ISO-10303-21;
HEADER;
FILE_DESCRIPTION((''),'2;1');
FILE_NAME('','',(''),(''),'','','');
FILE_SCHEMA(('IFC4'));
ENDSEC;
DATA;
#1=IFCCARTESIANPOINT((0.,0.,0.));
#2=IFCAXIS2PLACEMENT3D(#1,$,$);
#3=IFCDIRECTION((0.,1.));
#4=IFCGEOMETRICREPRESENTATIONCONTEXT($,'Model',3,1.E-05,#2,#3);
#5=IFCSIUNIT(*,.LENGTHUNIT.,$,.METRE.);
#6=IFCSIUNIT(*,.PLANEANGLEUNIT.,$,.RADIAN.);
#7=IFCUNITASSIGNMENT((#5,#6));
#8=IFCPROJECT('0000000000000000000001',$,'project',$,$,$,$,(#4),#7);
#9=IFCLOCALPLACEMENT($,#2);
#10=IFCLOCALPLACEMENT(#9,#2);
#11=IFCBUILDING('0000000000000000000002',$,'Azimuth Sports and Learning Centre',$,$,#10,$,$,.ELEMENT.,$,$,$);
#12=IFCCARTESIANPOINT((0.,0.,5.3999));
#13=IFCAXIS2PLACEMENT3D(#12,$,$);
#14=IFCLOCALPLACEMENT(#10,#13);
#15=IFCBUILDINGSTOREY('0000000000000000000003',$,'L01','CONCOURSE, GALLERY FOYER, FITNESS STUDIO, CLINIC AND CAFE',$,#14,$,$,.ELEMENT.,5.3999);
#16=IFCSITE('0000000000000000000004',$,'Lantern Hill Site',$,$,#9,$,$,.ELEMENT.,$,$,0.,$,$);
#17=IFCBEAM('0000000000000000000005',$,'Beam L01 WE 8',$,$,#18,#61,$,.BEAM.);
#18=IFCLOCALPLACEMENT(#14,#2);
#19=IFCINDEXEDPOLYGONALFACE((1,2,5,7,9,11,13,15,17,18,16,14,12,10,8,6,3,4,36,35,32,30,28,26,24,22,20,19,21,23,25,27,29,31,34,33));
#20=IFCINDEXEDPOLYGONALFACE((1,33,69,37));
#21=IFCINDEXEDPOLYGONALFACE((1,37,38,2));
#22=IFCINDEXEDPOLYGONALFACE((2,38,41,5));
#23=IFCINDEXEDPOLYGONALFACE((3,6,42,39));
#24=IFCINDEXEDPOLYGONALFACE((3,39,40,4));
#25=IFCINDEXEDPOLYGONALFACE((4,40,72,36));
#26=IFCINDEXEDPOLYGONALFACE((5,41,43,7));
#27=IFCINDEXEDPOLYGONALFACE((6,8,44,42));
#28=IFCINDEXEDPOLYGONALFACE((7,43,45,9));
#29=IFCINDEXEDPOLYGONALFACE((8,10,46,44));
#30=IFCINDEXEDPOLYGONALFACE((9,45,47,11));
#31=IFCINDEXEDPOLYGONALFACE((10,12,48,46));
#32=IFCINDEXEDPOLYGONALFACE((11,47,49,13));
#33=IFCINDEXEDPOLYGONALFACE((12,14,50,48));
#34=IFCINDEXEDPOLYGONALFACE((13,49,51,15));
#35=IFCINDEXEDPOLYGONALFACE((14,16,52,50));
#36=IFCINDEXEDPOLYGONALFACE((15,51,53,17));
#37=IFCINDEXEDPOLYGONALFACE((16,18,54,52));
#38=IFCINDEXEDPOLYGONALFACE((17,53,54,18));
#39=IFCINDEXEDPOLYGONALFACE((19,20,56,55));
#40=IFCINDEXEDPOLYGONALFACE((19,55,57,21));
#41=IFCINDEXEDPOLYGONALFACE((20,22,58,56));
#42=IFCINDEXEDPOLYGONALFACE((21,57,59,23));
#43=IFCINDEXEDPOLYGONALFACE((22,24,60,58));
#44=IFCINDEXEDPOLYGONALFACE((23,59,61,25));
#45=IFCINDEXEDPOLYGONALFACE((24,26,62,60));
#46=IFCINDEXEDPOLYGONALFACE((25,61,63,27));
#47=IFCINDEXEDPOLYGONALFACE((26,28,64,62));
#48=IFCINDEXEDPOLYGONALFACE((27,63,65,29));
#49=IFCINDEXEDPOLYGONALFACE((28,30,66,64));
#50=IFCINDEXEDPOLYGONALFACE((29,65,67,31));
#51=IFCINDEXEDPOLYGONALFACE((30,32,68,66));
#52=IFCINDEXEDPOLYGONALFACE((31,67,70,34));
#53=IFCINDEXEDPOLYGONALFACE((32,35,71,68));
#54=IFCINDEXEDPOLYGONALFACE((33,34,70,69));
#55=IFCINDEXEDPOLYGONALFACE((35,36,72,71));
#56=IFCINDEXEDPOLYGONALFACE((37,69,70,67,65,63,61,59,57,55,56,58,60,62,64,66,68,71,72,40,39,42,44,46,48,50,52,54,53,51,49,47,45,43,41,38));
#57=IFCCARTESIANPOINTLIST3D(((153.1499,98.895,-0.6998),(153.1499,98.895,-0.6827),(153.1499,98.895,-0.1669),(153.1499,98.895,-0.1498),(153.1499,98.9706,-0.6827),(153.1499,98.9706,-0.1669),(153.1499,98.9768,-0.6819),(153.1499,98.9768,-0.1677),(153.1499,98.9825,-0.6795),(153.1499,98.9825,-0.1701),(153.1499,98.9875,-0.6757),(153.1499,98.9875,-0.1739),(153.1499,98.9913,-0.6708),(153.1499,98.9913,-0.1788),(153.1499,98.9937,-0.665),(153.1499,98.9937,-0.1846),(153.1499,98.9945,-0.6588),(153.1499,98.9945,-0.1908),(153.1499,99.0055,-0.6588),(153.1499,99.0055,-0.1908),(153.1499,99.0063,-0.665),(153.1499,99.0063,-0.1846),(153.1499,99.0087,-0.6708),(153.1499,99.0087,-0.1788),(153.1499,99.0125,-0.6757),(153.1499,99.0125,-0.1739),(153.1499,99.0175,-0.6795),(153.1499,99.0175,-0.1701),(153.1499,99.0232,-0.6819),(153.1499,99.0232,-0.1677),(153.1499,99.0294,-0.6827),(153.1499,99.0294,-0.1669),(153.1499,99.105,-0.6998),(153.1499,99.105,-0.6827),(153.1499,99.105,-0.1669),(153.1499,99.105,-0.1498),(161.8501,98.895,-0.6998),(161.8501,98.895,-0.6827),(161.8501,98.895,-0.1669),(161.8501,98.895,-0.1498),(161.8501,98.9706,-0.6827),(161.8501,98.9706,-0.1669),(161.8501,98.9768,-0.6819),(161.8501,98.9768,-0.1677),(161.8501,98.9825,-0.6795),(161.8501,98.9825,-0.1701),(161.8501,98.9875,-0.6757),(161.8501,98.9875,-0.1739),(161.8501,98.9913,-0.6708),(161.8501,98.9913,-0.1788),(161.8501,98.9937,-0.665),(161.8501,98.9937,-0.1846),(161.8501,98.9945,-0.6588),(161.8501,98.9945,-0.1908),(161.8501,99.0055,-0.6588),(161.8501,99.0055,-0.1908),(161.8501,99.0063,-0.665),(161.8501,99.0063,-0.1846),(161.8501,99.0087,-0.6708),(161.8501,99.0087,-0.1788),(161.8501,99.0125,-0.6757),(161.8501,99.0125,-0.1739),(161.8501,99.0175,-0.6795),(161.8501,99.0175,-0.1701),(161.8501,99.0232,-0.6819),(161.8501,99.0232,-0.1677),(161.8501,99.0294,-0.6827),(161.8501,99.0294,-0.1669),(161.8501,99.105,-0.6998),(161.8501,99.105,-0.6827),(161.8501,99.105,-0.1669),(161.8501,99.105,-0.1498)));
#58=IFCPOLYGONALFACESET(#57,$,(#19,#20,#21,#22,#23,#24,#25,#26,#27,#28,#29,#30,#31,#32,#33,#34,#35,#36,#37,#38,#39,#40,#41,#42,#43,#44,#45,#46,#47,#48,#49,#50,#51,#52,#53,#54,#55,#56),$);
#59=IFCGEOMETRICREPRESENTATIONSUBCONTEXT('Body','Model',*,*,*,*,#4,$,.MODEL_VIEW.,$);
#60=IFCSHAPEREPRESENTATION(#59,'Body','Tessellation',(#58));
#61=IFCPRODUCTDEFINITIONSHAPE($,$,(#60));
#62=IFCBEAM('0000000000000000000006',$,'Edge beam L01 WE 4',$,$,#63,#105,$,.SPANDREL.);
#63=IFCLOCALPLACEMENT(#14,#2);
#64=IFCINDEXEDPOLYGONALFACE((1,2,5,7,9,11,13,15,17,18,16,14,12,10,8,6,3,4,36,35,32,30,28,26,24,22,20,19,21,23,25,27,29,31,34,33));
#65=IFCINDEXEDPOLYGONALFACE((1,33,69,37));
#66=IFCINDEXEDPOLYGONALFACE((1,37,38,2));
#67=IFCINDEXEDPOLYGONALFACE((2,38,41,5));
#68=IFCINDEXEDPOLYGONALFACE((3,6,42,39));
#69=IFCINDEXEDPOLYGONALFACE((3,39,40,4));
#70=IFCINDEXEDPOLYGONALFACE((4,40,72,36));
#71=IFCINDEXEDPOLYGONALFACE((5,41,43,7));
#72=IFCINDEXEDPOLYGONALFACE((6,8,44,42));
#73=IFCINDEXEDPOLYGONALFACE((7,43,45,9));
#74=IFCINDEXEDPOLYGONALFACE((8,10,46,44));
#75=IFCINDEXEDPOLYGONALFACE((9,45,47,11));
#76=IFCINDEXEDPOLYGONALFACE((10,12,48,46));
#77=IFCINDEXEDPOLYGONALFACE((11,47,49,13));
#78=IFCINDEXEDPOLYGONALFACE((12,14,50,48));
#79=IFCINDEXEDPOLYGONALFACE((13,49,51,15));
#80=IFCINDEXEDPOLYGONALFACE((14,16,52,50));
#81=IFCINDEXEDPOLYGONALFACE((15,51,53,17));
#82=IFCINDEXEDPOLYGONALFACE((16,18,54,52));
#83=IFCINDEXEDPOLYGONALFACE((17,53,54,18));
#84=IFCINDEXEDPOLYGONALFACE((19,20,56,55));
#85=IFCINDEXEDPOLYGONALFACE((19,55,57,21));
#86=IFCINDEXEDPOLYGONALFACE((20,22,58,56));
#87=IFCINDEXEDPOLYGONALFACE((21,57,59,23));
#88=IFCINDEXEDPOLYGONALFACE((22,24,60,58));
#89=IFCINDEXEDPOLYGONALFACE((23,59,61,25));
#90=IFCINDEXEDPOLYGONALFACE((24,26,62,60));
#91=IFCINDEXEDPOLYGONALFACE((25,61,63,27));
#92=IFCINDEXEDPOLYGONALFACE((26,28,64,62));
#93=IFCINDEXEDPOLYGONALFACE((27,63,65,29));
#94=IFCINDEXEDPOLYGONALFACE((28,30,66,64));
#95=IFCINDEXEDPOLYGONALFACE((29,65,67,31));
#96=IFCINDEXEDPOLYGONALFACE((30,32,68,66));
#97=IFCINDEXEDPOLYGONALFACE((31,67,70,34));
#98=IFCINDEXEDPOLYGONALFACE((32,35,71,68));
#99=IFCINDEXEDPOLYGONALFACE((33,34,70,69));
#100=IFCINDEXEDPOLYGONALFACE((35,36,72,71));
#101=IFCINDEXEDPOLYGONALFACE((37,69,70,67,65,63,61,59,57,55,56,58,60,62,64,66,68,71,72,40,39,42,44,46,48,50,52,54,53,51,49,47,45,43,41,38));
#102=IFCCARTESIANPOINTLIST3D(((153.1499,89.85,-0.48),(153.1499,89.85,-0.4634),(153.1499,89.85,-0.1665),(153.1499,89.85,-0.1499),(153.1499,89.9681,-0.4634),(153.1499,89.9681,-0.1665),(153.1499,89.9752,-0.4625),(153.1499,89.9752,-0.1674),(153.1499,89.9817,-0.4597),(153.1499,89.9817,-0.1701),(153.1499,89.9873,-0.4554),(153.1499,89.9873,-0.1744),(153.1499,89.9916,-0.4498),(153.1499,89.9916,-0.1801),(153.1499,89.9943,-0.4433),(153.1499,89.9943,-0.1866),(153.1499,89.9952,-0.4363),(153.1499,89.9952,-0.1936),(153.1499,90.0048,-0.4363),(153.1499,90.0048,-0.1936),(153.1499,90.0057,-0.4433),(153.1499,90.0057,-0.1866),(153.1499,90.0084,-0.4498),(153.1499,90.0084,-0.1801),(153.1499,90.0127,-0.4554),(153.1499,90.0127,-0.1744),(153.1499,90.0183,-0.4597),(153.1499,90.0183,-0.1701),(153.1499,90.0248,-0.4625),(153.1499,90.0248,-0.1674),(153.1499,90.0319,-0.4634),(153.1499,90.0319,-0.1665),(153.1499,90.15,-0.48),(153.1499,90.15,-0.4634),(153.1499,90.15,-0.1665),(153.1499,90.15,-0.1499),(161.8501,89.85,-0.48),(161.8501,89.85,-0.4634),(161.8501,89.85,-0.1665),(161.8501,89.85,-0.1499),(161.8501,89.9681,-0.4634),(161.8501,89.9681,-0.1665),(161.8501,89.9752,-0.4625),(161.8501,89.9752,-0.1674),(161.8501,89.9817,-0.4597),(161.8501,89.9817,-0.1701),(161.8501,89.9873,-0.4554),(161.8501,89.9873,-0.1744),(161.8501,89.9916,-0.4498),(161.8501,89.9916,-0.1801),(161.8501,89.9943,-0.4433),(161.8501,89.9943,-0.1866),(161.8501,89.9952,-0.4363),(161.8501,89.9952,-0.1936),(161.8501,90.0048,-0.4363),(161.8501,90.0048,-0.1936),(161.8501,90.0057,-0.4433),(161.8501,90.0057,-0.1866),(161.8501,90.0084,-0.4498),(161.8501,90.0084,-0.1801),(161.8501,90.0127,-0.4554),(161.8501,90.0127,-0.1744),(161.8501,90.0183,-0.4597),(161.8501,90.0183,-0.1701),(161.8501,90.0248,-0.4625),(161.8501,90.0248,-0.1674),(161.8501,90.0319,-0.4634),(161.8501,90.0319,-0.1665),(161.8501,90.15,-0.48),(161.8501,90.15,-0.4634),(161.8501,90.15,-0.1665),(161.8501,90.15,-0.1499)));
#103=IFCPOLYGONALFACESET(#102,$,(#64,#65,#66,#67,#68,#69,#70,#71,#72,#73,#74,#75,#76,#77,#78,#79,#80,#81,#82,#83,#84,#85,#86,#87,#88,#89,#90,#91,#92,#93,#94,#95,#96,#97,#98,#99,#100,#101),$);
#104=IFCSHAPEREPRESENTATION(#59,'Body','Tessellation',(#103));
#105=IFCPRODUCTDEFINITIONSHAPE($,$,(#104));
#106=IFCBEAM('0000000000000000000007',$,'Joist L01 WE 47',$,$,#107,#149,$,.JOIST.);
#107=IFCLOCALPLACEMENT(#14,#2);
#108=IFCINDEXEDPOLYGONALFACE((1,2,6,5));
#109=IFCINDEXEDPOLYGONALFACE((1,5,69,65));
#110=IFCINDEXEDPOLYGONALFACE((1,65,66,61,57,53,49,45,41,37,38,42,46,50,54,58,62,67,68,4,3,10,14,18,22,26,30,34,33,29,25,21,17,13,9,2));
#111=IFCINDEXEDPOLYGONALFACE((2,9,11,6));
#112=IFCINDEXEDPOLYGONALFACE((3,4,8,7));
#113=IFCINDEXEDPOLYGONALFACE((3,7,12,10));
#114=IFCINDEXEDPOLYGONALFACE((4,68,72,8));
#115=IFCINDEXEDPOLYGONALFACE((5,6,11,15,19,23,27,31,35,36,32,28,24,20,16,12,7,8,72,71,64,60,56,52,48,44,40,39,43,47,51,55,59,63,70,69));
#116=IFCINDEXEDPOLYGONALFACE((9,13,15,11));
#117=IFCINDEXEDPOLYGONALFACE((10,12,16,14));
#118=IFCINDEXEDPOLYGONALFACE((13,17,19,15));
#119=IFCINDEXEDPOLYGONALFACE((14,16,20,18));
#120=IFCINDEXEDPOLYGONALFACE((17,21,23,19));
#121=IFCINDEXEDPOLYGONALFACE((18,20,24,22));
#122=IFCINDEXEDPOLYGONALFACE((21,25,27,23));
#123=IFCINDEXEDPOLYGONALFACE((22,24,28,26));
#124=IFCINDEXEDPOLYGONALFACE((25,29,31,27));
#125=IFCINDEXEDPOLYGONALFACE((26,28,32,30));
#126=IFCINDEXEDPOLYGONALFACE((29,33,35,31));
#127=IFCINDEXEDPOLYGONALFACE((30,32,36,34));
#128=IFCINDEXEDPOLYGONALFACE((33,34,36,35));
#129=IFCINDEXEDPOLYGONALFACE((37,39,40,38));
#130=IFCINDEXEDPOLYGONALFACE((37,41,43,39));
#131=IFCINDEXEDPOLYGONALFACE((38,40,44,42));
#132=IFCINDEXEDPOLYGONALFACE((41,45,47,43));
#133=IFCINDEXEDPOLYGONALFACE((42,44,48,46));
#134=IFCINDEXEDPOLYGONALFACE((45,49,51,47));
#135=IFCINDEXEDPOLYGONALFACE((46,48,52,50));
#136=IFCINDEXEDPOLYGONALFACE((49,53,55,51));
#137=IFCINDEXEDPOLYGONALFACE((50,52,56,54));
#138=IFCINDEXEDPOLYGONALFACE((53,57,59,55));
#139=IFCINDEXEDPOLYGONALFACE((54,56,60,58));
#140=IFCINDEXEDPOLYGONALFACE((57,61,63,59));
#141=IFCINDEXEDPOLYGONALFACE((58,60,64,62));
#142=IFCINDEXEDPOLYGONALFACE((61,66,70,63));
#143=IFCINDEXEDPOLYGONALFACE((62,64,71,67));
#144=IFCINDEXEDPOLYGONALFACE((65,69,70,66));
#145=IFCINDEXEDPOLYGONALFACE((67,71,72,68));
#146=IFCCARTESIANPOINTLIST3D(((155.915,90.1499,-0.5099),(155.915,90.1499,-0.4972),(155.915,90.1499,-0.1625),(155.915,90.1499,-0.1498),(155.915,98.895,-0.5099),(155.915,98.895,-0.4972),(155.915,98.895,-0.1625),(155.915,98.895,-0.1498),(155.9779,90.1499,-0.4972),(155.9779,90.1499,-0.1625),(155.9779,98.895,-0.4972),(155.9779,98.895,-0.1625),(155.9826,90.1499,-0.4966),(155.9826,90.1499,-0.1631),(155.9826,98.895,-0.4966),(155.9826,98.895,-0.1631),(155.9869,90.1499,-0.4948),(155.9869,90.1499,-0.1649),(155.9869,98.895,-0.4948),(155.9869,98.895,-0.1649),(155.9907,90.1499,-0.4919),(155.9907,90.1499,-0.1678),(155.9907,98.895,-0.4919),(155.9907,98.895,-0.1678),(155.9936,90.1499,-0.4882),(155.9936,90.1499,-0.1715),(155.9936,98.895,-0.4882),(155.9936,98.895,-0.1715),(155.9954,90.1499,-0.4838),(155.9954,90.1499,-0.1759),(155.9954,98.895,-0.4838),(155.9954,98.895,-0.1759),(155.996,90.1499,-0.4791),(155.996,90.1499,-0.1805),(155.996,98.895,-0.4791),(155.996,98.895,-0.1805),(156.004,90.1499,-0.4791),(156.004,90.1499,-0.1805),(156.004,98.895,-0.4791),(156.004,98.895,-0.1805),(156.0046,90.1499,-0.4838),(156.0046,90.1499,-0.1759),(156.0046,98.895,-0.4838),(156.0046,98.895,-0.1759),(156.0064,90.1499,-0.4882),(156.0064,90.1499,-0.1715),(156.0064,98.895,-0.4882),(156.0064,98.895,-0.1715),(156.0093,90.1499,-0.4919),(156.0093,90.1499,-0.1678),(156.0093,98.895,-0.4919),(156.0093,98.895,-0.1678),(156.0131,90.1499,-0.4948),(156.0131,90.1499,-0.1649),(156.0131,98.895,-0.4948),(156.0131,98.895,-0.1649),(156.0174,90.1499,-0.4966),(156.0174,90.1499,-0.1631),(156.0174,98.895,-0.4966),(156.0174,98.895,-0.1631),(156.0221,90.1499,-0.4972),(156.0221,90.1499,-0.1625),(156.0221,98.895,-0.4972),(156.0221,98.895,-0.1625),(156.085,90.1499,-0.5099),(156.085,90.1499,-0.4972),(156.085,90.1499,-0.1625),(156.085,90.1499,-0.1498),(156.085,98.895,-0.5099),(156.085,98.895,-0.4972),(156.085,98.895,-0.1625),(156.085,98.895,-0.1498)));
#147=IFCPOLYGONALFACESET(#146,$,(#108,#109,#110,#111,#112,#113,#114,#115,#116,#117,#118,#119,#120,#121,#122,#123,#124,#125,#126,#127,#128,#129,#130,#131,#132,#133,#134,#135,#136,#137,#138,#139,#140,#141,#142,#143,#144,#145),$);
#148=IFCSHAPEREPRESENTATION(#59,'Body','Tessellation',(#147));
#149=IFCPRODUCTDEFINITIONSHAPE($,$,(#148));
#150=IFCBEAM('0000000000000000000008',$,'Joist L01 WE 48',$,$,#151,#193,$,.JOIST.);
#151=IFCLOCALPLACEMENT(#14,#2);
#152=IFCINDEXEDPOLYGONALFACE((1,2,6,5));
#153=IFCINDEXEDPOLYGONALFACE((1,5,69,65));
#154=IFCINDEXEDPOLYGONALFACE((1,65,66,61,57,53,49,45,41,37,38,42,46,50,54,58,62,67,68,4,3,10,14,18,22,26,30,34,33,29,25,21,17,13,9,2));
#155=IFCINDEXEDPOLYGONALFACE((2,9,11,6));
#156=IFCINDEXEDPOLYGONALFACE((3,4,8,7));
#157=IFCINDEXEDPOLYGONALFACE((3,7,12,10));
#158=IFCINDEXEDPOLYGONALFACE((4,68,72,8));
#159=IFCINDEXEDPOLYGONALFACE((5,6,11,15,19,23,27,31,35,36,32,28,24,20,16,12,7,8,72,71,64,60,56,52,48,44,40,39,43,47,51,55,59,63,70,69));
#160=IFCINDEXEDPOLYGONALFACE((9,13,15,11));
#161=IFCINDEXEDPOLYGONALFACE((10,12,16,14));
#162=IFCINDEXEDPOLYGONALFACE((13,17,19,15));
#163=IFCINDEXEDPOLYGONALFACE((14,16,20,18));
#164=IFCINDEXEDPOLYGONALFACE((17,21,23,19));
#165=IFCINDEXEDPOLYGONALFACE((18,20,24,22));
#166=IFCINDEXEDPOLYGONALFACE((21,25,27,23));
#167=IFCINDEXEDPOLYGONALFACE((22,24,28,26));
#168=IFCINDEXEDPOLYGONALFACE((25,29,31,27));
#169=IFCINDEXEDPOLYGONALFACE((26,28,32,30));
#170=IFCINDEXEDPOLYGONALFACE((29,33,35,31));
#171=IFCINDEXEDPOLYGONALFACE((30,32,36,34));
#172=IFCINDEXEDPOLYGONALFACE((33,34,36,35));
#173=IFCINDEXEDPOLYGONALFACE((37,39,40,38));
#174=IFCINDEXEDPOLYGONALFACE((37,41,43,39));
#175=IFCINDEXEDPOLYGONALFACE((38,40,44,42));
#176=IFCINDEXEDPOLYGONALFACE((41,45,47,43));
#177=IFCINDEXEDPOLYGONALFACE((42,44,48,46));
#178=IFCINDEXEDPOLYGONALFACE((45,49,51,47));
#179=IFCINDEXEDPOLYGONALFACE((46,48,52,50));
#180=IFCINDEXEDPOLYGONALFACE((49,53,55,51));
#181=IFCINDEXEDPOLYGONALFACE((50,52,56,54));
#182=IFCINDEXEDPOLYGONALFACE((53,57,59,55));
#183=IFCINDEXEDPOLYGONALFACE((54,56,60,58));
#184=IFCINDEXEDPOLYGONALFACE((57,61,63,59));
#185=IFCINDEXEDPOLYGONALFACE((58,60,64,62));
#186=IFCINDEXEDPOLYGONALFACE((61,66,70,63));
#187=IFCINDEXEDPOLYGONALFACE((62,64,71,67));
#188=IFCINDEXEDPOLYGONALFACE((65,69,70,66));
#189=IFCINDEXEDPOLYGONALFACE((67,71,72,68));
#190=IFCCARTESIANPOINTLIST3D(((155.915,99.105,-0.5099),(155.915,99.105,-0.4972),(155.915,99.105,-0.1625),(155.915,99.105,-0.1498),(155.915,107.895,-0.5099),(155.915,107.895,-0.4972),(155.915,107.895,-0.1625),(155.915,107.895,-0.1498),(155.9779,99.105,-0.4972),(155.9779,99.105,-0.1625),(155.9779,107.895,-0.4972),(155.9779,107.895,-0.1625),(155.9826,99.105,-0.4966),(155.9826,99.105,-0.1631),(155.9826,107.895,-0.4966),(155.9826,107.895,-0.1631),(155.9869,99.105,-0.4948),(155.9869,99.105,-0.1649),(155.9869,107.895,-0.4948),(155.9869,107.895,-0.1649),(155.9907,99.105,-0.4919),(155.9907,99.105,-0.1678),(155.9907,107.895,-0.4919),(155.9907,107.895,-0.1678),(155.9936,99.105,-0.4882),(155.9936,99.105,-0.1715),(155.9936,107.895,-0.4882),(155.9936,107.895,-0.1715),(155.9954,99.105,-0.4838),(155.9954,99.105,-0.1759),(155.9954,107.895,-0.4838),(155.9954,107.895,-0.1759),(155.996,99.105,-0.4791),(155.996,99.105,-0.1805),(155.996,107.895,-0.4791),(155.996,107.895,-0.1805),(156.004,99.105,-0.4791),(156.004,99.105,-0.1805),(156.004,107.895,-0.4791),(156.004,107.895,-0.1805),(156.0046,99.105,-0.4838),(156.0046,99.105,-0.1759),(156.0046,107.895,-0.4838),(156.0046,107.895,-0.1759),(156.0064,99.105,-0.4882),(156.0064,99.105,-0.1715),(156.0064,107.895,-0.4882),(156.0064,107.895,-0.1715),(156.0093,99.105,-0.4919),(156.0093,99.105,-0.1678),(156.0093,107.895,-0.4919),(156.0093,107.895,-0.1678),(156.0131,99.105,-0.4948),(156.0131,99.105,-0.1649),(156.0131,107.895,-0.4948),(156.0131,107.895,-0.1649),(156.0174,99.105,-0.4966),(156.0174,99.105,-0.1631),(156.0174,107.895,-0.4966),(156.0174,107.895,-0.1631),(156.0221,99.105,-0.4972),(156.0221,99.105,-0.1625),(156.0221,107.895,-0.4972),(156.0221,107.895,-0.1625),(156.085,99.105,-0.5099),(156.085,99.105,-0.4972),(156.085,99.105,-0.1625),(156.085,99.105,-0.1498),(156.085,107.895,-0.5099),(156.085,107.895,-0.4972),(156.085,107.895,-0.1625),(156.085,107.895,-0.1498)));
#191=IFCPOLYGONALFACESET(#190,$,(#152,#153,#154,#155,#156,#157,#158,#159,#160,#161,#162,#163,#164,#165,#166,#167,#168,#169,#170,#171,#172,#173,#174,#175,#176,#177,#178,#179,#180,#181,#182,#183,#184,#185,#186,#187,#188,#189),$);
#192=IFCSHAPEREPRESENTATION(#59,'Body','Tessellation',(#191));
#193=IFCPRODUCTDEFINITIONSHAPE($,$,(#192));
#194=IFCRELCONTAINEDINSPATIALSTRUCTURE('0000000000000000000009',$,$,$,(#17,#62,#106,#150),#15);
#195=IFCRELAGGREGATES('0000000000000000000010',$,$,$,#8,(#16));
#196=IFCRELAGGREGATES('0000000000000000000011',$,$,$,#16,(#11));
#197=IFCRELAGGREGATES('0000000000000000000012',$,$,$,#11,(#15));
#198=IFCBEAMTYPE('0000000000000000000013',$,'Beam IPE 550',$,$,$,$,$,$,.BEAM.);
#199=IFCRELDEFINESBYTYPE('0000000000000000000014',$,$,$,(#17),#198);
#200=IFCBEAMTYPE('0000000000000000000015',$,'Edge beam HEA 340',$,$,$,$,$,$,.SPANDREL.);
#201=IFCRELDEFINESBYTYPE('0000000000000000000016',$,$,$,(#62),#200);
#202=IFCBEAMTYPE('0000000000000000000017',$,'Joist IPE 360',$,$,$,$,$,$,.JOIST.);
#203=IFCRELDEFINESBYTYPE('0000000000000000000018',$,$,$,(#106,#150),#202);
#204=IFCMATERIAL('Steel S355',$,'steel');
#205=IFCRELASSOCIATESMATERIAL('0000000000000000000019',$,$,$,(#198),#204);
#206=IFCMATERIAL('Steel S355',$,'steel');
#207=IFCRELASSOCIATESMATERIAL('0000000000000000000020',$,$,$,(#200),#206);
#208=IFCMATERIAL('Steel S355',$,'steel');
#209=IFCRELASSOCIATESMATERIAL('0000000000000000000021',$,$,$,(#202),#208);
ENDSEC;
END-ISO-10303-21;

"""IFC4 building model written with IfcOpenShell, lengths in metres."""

from ifc_helpers import new_model, si_unit, direction, frame, origin, origin_2d, place, context, subcontext, project, spatial, i_section, extrude, material, material_profile, profile_set, type_object, element, save


model = new_model("IFC4")

# Units and contexts
model_context = context("Model", 3, precision=1e-05, world=origin(), true_north=direction((0.0, 1.0)))
body_context = subcontext(model_context, "Body", "Model", "MODEL_VIEW")
ifc_project = project(units=[si_unit("LENGTHUNIT", "METRE"), si_unit("PLANEANGLEUNIT", "RADIAN")], contexts=[model_context])

# Site, building, storey
site_placement = place(None, origin())
site = spatial("IfcSite", under=ifc_project, at=site_placement, Name="Lantern Hill Site", CompositionType="ELEMENT", RefElevation=0.0)
building_placement = place(site_placement, origin())
building = spatial("IfcBuilding", under=site, at=building_placement, Name="Azimuth Sports and Learning Centre", CompositionType="ELEMENT")
storey_placement = place(building_placement, frame((0.0, 0.0, 5.3999)))
storey = spatial("IfcBuildingStorey", under=building, at=storey_placement, Name="L01", Description="CONCOURSE, GALLERY FOYER, FITNESS STUDIO, CLINIC AND CAFE", CompositionType="ELEMENT", Elevation=5.3999)

# Beams
ifc_material_1 = material(Name="Steel S355", Category="steel")
ifc_material_profile_1 = material_profile(ifc_material_1, i_section(OverallWidth=0.21, OverallDepth=0.55, WebThickness=0.011, FlangeThickness=0.0171, FilletRadius=0.0239, at=origin_2d()), Name="IPE 550")
ifc_profile_set_1 = profile_set([ifc_material_profile_1], Name="Steel S355")
beam_type_1 = type_object("IfcBeamType", Name="Beam IPE 550", PredefinedType="BEAM", material=ifc_profile_set_1)
beam_1_placement = place(storey_placement, frame((153.1499, 99.0, -0.4248), z_axis=(1.0, 0.0, 0.0), x_axis=(0.0, 1.0, 0.0)))
element("IfcBeam", 1, at=beam_1_placement, inside=storey, type_object=beam_type_1, Name="Beam L01 WE 8", PredefinedType="BEAM", context=body_context, shape_type="SweptSolid", body=[
    extrude(i_section(OverallWidth=0.21, OverallDepth=0.55, WebThickness=0.011, FlangeThickness=0.0171, FilletRadius=0.0239, at=origin_2d()), origin(), (0.0, 0.0, 1.0), 8.7002),
])
ifc_material_2 = material(Name="Steel S355", Category="steel")
ifc_material_profile_2 = material_profile(ifc_material_2, i_section(OverallWidth=0.3, OverallDepth=0.3301, WebThickness=0.0095, FlangeThickness=0.0166, FilletRadius=0.0271, at=origin_2d()), Name="HEA 340")
ifc_profile_set_2 = profile_set([ifc_material_profile_2], Name="Steel S355")
beam_type_2 = type_object("IfcBeamType", Name="Edge beam HEA 340", PredefinedType="SPANDREL", material=ifc_profile_set_2)
beam_2_placement = place(storey_placement, frame((153.1499, 90.0, -0.3149), z_axis=(1.0, 0.0, 0.0), x_axis=(0.0, 1.0, 0.0)))
element("IfcBeam", 2, at=beam_2_placement, inside=storey, type_object=beam_type_2, Name="Edge beam L01 WE 4", PredefinedType="SPANDREL", context=body_context, shape_type="SweptSolid", body=[
    extrude(i_section(OverallWidth=0.3, OverallDepth=0.3301, WebThickness=0.0095, FlangeThickness=0.0166, FilletRadius=0.0271, at=origin_2d()), origin(), (0.0, 0.0, 1.0), 8.7002),
])
ifc_material_3 = material(Name="Steel S355", Category="steel")
ifc_material_profile_3 = material_profile(ifc_material_3, i_section(OverallWidth=0.1699, OverallDepth=0.3601, WebThickness=0.0081, FlangeThickness=0.0127, FilletRadius=0.0181, at=origin_2d()), Name="IPE 360")
ifc_profile_set_3 = profile_set([ifc_material_profile_3], Name="Steel S355")
beam_type_3 = type_object("IfcBeamType", Name="Joist IPE 360", PredefinedType="JOIST", material=ifc_profile_set_3)
beam_3_placement = place(storey_placement, frame((156.0, 90.1499, -0.3298), z_axis=(0.0, 1.0, 0.0), x_axis=(-1.0, 0.0, 0.0)))
element("IfcBeam", 3, at=beam_3_placement, inside=storey, type_object=beam_type_3, Name="Joist L01 WE 47", PredefinedType="JOIST", context=body_context, shape_type="SweptSolid", body=[
    extrude(i_section(OverallWidth=0.1699, OverallDepth=0.3601, WebThickness=0.0081, FlangeThickness=0.0127, FilletRadius=0.0181, at=origin_2d()), origin(), (0.0, 0.0, 1.0), 8.7451),
])
beam_4_placement = place(storey_placement, frame((156.0, 99.105, -0.3298), z_axis=(0.0, 1.0, 0.0), x_axis=(-1.0, 0.0, 0.0)))
element("IfcBeam", 4, at=beam_4_placement, inside=storey, type_object=beam_type_3, Name="Joist L01 WE 48", PredefinedType="JOIST", context=body_context, shape_type="SweptSolid", body=[
    extrude(i_section(OverallWidth=0.1699, OverallDepth=0.3601, WebThickness=0.0081, FlangeThickness=0.0127, FilletRadius=0.0181, at=origin_2d()), origin(), (0.0, 0.0, 1.0), 8.79),
])

save(model, "model.ifc")
